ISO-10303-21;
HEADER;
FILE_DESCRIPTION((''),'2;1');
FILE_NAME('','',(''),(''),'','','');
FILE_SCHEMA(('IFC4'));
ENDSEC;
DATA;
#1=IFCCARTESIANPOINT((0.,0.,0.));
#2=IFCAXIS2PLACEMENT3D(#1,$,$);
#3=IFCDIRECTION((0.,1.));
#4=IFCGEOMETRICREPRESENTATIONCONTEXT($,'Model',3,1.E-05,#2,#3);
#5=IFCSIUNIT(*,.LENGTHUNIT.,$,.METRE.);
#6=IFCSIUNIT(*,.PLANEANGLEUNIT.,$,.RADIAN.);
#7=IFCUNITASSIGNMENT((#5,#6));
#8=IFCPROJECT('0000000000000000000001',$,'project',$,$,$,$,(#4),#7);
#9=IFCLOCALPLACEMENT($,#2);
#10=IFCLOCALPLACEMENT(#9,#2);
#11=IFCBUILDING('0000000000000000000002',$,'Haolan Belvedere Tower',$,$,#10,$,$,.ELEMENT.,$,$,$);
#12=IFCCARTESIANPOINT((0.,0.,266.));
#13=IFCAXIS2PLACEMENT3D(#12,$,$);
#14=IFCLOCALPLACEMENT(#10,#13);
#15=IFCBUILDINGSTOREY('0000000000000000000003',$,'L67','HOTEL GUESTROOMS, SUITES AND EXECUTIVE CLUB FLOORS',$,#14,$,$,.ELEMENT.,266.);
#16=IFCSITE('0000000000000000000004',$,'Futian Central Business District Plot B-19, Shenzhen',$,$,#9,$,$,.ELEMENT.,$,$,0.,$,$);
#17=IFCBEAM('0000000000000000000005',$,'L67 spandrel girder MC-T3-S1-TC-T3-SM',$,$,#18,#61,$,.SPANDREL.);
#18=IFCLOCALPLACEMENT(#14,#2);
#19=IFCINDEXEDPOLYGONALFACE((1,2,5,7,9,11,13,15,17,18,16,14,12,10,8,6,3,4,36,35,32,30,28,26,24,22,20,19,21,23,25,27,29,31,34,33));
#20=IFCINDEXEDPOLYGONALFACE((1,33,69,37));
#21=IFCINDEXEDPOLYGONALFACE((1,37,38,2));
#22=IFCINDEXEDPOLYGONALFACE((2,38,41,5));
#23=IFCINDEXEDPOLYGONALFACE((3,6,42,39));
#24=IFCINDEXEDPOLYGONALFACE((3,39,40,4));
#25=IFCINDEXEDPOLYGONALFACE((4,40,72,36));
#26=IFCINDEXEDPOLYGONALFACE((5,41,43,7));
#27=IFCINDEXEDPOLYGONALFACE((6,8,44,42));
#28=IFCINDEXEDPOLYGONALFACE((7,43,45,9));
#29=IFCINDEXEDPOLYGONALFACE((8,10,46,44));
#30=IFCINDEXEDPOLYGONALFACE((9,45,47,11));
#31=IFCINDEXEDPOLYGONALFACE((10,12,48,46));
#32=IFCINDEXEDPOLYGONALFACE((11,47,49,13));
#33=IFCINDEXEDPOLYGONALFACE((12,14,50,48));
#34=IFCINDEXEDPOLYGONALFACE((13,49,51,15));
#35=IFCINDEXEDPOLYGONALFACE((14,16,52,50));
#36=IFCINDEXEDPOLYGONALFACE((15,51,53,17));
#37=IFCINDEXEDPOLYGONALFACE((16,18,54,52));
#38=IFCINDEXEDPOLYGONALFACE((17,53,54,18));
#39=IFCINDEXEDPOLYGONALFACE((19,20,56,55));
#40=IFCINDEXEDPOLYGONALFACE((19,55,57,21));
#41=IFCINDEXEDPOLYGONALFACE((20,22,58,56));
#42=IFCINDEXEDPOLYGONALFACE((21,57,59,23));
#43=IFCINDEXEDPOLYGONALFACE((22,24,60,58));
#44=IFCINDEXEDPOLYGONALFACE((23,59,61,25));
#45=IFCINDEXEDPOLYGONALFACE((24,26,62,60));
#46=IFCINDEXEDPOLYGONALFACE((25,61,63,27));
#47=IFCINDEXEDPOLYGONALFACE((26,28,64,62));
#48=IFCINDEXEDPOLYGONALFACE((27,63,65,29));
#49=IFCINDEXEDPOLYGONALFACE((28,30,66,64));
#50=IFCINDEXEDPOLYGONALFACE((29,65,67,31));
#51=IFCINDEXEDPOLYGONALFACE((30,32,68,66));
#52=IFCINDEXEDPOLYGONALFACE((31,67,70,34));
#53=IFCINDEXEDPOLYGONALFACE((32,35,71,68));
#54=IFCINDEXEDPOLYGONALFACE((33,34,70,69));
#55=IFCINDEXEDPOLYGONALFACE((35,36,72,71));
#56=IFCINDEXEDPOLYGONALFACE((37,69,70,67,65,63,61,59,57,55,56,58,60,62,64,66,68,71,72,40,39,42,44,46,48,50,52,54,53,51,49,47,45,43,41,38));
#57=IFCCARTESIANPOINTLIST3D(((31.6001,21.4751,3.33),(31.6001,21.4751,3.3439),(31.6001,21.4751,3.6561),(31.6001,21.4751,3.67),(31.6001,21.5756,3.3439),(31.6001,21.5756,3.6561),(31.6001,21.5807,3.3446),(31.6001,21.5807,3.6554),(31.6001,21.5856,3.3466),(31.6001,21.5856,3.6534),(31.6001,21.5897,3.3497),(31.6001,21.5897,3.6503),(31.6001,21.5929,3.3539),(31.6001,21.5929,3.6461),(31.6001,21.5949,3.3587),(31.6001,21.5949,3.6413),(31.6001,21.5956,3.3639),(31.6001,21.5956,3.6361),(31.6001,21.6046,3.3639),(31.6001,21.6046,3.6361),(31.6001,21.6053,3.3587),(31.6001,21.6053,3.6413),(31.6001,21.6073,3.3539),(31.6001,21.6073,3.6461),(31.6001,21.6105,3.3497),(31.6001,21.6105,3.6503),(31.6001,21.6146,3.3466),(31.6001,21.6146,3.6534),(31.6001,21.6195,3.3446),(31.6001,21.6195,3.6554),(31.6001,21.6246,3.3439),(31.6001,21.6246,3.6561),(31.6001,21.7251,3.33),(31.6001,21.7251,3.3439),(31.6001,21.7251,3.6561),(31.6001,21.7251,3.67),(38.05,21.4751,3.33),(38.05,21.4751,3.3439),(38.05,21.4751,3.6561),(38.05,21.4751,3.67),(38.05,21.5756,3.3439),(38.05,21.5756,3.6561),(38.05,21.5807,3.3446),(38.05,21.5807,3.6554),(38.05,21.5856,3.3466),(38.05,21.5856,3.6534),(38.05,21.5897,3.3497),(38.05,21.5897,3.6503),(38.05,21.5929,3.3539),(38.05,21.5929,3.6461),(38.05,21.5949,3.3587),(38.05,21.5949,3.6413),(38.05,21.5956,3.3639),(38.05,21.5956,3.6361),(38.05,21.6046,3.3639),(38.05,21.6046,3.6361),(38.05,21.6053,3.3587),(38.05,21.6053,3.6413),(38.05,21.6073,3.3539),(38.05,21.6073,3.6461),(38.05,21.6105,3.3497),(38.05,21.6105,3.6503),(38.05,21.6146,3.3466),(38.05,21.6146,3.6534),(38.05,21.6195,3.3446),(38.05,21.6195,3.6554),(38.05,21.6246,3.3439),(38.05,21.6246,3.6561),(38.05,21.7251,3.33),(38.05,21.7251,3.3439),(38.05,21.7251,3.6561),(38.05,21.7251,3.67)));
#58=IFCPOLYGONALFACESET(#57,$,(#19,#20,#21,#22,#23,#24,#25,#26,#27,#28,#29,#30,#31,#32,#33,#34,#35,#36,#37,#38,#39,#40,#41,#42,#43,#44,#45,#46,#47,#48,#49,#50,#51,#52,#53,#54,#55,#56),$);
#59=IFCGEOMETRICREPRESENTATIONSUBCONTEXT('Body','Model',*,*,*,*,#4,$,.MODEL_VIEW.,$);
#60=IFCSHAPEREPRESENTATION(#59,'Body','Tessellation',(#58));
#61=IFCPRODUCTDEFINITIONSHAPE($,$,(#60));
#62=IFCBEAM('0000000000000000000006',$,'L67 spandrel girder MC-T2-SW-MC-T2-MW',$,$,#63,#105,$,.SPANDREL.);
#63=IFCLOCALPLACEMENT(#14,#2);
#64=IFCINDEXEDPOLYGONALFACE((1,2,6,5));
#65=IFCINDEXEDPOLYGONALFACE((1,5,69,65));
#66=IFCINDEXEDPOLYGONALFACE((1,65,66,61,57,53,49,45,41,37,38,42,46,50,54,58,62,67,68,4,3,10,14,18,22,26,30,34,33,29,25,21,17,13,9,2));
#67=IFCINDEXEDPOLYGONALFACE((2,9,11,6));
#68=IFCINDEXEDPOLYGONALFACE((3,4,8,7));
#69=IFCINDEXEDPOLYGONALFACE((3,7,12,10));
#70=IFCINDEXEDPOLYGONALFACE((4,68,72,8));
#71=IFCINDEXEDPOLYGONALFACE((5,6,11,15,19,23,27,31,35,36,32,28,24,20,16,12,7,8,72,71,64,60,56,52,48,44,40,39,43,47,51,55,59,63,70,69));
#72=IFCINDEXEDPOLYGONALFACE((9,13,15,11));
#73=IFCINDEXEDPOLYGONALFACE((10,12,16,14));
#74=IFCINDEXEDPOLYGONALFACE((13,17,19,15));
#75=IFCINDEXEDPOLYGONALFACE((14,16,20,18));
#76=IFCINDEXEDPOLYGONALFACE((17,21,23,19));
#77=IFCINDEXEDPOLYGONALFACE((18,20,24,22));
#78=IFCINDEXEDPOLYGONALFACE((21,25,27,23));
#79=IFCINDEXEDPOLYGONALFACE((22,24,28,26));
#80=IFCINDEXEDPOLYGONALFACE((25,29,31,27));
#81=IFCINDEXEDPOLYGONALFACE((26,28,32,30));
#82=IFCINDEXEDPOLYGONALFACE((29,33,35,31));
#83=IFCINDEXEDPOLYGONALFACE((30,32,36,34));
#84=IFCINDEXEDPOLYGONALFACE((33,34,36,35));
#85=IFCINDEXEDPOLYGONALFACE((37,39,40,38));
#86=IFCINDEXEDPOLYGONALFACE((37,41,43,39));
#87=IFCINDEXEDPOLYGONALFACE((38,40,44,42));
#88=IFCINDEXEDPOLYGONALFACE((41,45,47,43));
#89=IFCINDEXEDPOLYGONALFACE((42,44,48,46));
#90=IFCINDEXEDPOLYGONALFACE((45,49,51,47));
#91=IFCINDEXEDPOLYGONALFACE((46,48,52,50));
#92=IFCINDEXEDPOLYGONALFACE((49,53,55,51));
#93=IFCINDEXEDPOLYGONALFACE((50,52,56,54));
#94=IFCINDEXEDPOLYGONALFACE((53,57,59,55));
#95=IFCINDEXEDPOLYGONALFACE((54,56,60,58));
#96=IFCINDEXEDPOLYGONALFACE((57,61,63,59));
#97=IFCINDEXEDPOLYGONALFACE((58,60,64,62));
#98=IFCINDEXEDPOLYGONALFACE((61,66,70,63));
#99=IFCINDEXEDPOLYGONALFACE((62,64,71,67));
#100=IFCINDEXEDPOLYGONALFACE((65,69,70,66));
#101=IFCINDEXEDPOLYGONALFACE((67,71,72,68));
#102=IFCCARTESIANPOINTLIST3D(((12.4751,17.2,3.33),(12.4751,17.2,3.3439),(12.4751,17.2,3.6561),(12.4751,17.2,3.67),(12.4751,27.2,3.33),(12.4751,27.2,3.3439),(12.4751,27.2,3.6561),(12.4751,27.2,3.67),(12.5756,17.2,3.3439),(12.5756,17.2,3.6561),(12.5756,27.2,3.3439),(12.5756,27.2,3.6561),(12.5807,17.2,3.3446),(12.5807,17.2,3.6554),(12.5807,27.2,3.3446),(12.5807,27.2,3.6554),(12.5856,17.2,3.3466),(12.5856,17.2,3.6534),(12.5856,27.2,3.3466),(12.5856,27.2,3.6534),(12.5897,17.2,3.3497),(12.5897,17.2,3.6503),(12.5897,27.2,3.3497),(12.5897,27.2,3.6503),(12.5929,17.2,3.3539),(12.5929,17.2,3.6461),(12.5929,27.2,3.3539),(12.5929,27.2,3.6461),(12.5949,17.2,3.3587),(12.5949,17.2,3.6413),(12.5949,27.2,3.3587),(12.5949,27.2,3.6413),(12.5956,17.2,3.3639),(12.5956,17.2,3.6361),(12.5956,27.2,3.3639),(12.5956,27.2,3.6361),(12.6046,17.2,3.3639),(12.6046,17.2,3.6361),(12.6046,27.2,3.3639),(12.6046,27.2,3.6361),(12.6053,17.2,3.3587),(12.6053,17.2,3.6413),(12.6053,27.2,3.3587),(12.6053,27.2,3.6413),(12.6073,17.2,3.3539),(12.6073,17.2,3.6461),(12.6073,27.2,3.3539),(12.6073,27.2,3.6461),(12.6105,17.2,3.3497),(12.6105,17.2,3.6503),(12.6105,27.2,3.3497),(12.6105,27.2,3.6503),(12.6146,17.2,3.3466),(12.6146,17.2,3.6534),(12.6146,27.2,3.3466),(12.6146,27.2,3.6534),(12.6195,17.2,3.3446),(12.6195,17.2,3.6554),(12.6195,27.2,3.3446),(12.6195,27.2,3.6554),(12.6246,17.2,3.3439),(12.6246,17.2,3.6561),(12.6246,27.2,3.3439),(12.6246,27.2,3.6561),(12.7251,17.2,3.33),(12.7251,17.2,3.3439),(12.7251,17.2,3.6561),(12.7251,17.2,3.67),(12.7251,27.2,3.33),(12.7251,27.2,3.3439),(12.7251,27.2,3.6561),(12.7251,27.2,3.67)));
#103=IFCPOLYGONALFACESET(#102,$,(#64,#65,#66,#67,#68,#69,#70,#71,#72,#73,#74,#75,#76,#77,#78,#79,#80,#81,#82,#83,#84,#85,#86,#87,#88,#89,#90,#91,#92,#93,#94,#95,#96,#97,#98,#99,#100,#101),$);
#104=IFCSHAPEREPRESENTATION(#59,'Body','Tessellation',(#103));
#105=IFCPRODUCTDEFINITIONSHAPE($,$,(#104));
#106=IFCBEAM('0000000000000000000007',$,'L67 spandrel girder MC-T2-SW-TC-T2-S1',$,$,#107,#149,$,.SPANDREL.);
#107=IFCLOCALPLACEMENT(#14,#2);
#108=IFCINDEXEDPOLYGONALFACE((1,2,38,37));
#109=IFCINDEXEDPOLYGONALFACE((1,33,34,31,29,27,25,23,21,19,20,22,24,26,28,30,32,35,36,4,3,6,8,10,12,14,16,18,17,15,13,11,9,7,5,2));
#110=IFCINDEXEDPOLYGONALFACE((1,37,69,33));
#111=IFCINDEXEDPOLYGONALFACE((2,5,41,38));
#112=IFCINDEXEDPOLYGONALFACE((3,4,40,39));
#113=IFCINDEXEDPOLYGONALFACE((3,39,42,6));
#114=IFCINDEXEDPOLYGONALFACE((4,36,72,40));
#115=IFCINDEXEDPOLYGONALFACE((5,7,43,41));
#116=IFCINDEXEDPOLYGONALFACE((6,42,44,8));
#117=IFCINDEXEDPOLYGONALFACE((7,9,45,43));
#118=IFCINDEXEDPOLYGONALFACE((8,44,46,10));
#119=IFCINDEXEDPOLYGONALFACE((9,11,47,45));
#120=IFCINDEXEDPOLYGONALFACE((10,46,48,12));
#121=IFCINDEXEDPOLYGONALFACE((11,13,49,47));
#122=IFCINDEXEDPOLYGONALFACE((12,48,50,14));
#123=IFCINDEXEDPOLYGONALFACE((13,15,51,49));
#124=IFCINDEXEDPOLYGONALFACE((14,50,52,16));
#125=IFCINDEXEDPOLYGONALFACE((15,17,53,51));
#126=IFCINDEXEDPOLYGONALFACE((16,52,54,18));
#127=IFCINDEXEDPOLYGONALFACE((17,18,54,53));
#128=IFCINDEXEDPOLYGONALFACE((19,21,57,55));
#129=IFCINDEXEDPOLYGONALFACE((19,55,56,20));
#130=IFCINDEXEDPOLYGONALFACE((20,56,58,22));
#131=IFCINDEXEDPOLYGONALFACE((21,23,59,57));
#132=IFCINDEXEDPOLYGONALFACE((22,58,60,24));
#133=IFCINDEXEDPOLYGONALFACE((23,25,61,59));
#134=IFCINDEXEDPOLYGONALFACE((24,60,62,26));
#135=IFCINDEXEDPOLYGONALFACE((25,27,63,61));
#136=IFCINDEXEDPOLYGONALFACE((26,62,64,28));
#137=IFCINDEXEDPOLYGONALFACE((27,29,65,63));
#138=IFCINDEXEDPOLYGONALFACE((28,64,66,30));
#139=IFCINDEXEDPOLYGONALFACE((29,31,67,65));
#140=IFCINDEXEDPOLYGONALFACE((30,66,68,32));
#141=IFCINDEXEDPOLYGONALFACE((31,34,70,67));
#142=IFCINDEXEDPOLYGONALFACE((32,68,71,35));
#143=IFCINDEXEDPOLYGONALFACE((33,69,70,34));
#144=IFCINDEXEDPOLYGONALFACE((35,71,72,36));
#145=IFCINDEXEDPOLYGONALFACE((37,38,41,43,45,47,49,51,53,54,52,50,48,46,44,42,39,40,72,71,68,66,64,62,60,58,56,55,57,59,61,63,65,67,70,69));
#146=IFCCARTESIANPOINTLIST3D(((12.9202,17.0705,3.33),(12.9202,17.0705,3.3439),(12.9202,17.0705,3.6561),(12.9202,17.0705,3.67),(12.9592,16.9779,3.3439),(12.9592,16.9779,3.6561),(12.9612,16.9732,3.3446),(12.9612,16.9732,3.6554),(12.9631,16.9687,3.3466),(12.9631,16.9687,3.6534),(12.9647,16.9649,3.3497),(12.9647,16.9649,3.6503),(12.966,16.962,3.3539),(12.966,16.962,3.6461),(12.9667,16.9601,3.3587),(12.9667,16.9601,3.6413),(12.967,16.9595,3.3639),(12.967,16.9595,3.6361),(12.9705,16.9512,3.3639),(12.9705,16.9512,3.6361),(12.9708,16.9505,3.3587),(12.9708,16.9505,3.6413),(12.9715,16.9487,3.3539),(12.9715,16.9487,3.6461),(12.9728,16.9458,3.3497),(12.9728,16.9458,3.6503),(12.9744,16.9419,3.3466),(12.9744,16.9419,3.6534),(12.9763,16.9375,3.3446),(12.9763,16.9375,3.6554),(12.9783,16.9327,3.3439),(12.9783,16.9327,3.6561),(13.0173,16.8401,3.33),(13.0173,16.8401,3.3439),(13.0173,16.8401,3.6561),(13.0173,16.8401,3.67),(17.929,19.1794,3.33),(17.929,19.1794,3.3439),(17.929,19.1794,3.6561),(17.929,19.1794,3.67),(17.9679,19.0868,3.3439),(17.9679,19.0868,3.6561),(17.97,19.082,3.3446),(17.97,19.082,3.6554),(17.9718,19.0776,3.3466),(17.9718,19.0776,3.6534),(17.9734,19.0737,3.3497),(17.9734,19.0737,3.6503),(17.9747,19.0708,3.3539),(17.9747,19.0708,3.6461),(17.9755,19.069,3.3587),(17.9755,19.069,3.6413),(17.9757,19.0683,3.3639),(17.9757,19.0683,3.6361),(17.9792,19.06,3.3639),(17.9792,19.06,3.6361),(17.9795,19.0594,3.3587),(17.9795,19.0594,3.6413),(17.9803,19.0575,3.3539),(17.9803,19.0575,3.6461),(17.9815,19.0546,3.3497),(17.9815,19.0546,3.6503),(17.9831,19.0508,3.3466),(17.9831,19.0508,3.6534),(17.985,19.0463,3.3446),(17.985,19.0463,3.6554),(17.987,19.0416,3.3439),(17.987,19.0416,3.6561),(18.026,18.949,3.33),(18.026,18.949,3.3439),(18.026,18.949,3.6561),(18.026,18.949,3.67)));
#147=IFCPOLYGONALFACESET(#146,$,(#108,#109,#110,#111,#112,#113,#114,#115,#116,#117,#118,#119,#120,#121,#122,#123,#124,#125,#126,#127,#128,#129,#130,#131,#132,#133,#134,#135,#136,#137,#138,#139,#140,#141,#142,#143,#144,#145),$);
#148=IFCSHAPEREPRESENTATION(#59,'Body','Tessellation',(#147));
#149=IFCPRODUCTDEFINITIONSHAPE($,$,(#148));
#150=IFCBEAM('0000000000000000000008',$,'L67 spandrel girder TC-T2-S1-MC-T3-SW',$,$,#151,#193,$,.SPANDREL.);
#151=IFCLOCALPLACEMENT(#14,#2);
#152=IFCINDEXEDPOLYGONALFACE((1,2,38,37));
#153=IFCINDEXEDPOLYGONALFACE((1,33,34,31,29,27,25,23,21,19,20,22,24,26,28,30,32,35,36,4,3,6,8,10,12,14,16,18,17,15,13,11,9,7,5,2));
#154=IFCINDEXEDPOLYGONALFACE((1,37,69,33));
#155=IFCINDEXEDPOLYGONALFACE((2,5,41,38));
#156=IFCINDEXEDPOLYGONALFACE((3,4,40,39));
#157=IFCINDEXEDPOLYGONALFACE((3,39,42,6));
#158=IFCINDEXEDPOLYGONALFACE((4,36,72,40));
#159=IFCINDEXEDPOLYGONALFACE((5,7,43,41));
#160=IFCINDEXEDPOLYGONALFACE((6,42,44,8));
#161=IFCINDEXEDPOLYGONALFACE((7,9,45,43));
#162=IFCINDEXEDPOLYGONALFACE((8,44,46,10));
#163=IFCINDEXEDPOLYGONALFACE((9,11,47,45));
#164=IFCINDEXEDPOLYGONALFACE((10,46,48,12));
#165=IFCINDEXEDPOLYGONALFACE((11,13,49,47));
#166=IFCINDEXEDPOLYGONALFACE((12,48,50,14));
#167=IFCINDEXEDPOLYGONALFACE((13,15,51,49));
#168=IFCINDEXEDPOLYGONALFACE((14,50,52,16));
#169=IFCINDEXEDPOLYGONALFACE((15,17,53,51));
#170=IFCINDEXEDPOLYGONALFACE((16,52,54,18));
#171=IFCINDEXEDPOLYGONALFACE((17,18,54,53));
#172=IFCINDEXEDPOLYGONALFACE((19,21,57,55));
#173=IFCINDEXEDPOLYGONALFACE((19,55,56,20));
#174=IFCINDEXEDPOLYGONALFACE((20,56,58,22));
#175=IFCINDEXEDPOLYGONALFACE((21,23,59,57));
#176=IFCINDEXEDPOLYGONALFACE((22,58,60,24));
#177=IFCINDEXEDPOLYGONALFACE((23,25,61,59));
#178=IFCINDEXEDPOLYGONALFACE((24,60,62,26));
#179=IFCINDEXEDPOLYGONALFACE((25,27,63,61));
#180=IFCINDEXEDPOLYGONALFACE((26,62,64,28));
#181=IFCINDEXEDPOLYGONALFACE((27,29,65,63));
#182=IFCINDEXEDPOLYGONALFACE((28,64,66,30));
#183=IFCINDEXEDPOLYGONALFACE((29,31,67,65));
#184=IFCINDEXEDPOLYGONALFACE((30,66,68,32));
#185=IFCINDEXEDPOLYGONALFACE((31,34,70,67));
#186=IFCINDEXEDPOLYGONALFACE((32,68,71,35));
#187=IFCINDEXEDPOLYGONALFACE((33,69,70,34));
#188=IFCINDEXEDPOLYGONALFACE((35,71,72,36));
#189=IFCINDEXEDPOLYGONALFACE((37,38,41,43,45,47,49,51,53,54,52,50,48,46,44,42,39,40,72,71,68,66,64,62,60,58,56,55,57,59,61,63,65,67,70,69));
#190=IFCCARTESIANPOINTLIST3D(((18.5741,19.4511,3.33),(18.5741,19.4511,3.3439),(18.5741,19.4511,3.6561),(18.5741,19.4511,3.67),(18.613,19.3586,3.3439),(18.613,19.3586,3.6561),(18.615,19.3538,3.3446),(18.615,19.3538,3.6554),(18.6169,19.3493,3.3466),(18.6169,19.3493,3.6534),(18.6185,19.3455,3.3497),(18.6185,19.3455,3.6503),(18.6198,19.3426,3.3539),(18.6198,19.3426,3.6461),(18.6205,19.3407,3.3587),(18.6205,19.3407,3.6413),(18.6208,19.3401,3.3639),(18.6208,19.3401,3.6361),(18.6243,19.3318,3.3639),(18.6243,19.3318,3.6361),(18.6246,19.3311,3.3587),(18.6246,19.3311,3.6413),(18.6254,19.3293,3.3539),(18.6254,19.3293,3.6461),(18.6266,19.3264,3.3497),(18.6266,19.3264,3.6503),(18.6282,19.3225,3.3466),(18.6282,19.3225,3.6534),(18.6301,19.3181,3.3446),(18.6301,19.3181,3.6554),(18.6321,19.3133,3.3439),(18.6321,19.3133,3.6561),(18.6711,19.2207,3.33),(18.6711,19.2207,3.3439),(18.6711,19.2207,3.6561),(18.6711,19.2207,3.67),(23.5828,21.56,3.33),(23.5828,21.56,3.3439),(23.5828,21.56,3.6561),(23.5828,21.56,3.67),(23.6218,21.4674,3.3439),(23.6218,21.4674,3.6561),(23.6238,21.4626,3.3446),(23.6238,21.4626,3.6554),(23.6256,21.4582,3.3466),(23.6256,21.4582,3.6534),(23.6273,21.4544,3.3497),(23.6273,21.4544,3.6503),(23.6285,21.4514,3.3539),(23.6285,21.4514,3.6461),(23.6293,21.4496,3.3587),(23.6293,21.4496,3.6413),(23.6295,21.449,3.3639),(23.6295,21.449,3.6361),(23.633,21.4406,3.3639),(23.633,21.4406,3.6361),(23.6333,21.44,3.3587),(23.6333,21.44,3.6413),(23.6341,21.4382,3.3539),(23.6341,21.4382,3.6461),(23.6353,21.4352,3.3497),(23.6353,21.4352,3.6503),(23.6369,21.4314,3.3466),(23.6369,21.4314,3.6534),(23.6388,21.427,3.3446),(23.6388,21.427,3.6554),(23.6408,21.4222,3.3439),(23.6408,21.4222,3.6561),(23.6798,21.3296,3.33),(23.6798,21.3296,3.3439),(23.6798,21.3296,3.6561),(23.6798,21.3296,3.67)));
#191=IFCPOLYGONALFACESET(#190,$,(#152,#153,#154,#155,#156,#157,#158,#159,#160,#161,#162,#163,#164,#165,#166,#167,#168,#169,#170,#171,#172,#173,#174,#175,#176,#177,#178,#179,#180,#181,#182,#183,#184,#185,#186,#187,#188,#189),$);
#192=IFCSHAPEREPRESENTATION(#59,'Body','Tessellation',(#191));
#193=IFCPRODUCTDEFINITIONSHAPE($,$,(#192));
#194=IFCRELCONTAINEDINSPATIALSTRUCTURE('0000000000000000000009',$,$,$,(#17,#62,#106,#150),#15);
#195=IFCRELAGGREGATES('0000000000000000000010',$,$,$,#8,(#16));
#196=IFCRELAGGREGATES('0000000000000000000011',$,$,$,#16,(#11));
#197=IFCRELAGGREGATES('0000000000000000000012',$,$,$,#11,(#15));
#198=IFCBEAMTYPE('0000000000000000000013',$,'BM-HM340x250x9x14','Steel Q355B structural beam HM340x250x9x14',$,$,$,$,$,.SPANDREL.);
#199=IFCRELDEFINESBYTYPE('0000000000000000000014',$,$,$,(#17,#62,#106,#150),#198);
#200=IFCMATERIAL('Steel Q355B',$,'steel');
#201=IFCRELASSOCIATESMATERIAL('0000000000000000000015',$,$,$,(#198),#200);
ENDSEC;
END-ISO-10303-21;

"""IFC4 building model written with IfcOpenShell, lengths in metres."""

from ifc_helpers import new_model, si_unit, direction, frame, origin, origin_2d, place, context, subcontext, project, spatial, i_section, extrude, material, material_profile, profile_set, type_object, element, save


model = new_model("IFC4")

# Units and contexts
model_context = context("Model", 3, precision=1e-05, world=origin(), true_north=direction((0.0, 1.0)))
body_context = subcontext(model_context, "Body", "Model", "MODEL_VIEW")
ifc_project = project(units=[si_unit("LENGTHUNIT", "METRE"), si_unit("PLANEANGLEUNIT", "RADIAN")], contexts=[model_context])

# Site, building, storey
site_placement = place(None, origin())
site = spatial("IfcSite", under=ifc_project, at=site_placement, Name="Futian Central Business District Plot B-19, Shenzhen", CompositionType="ELEMENT", RefElevation=0.0)
building_placement = place(site_placement, origin())
building = spatial("IfcBuilding", under=site, at=building_placement, Name="Haolan Belvedere Tower", CompositionType="ELEMENT")
storey_placement = place(building_placement, frame((0.0, 0.0, 266.0)))
storey = spatial("IfcBuildingStorey", under=building, at=storey_placement, Name="L67", Description="HOTEL GUESTROOMS, SUITES AND EXECUTIVE CLUB FLOORS", CompositionType="ELEMENT", Elevation=266.0)

# Beams
ifc_material_1 = material(Name="Steel Q355B", Category="steel")
ifc_material_profile_1 = material_profile(ifc_material_1, i_section(OverallWidth=0.25, OverallDepth=0.3401, WebThickness=0.009, FlangeThickness=0.0139, FilletRadius=0.02, at=origin_2d()), Name="Steel Q355B")
ifc_profile_set_1 = profile_set([ifc_material_profile_1], Name="Steel Q355B")
beam_type_1 = type_object("IfcBeamType", Name="BM-HM340x250x9x14", Description="Steel Q355B structural beam HM340x250x9x14", PredefinedType="SPANDREL", material=ifc_profile_set_1)
beam_1_placement = place(storey_placement, frame((31.6001, 21.6001, 3.5), z_axis=(1.0, 0.0, 0.0), x_axis=(0.0, 1.0, 0.0)))
element("IfcBeam", 1, at=beam_1_placement, inside=storey, type_object=beam_type_1, Name="L67 spandrel girder MC-T3-S1-TC-T3-SM", PredefinedType="SPANDREL", context=body_context, shape_type="SweptSolid", body=[
    extrude(i_section(OverallWidth=0.25, OverallDepth=0.3401, WebThickness=0.009, FlangeThickness=0.0139, FilletRadius=0.02, at=origin_2d()), origin(), (0.0, 0.0, 1.0), 6.45),
])
beam_2_placement = place(storey_placement, frame((12.6001, 17.2, 3.5), z_axis=(0.0, 1.0, 0.0), x_axis=(-1.0, 0.0, 0.0)))
element("IfcBeam", 2, at=beam_2_placement, inside=storey, type_object=beam_type_1, Name="L67 spandrel girder MC-T2-SW-MC-T2-MW", PredefinedType="SPANDREL", context=body_context, shape_type="SweptSolid", body=[
    extrude(i_section(OverallWidth=0.25, OverallDepth=0.3401, WebThickness=0.009, FlangeThickness=0.0139, FilletRadius=0.02, at=origin_2d()), origin(), (0.0, 0.0, 1.0), 10.0),
])
for number, where, z_axis, x_axis, name in (
    (3, (12.9688, 16.9553, 3.5), (0.92164, 0.388045, 0.0), (-0.388045, 0.92164, 0.0), "L67 spandrel girder MC-T2-SW-TC-T2-S1"),
    (4, (18.6226, 19.3359, 3.5), (0.92164, 0.388045, 0.0), (-0.388045, 0.92164, 0.0), "L67 spandrel girder TC-T2-S1-MC-T3-SW"),
):
    element("IfcBeam", number, at=place(storey_placement, frame(where, z_axis=z_axis, x_axis=x_axis)), inside=storey, type_object=beam_type_1, Name=name, PredefinedType="SPANDREL", context=body_context, shape_type="SweptSolid", body=[
        extrude(i_section(OverallWidth=0.25, OverallDepth=0.3401, WebThickness=0.009, FlangeThickness=0.0139, FilletRadius=0.02, at=origin_2d()), origin(), (0.0, 0.0, 1.0), 5.4346),
    ])

save(model, "model.ifc")
